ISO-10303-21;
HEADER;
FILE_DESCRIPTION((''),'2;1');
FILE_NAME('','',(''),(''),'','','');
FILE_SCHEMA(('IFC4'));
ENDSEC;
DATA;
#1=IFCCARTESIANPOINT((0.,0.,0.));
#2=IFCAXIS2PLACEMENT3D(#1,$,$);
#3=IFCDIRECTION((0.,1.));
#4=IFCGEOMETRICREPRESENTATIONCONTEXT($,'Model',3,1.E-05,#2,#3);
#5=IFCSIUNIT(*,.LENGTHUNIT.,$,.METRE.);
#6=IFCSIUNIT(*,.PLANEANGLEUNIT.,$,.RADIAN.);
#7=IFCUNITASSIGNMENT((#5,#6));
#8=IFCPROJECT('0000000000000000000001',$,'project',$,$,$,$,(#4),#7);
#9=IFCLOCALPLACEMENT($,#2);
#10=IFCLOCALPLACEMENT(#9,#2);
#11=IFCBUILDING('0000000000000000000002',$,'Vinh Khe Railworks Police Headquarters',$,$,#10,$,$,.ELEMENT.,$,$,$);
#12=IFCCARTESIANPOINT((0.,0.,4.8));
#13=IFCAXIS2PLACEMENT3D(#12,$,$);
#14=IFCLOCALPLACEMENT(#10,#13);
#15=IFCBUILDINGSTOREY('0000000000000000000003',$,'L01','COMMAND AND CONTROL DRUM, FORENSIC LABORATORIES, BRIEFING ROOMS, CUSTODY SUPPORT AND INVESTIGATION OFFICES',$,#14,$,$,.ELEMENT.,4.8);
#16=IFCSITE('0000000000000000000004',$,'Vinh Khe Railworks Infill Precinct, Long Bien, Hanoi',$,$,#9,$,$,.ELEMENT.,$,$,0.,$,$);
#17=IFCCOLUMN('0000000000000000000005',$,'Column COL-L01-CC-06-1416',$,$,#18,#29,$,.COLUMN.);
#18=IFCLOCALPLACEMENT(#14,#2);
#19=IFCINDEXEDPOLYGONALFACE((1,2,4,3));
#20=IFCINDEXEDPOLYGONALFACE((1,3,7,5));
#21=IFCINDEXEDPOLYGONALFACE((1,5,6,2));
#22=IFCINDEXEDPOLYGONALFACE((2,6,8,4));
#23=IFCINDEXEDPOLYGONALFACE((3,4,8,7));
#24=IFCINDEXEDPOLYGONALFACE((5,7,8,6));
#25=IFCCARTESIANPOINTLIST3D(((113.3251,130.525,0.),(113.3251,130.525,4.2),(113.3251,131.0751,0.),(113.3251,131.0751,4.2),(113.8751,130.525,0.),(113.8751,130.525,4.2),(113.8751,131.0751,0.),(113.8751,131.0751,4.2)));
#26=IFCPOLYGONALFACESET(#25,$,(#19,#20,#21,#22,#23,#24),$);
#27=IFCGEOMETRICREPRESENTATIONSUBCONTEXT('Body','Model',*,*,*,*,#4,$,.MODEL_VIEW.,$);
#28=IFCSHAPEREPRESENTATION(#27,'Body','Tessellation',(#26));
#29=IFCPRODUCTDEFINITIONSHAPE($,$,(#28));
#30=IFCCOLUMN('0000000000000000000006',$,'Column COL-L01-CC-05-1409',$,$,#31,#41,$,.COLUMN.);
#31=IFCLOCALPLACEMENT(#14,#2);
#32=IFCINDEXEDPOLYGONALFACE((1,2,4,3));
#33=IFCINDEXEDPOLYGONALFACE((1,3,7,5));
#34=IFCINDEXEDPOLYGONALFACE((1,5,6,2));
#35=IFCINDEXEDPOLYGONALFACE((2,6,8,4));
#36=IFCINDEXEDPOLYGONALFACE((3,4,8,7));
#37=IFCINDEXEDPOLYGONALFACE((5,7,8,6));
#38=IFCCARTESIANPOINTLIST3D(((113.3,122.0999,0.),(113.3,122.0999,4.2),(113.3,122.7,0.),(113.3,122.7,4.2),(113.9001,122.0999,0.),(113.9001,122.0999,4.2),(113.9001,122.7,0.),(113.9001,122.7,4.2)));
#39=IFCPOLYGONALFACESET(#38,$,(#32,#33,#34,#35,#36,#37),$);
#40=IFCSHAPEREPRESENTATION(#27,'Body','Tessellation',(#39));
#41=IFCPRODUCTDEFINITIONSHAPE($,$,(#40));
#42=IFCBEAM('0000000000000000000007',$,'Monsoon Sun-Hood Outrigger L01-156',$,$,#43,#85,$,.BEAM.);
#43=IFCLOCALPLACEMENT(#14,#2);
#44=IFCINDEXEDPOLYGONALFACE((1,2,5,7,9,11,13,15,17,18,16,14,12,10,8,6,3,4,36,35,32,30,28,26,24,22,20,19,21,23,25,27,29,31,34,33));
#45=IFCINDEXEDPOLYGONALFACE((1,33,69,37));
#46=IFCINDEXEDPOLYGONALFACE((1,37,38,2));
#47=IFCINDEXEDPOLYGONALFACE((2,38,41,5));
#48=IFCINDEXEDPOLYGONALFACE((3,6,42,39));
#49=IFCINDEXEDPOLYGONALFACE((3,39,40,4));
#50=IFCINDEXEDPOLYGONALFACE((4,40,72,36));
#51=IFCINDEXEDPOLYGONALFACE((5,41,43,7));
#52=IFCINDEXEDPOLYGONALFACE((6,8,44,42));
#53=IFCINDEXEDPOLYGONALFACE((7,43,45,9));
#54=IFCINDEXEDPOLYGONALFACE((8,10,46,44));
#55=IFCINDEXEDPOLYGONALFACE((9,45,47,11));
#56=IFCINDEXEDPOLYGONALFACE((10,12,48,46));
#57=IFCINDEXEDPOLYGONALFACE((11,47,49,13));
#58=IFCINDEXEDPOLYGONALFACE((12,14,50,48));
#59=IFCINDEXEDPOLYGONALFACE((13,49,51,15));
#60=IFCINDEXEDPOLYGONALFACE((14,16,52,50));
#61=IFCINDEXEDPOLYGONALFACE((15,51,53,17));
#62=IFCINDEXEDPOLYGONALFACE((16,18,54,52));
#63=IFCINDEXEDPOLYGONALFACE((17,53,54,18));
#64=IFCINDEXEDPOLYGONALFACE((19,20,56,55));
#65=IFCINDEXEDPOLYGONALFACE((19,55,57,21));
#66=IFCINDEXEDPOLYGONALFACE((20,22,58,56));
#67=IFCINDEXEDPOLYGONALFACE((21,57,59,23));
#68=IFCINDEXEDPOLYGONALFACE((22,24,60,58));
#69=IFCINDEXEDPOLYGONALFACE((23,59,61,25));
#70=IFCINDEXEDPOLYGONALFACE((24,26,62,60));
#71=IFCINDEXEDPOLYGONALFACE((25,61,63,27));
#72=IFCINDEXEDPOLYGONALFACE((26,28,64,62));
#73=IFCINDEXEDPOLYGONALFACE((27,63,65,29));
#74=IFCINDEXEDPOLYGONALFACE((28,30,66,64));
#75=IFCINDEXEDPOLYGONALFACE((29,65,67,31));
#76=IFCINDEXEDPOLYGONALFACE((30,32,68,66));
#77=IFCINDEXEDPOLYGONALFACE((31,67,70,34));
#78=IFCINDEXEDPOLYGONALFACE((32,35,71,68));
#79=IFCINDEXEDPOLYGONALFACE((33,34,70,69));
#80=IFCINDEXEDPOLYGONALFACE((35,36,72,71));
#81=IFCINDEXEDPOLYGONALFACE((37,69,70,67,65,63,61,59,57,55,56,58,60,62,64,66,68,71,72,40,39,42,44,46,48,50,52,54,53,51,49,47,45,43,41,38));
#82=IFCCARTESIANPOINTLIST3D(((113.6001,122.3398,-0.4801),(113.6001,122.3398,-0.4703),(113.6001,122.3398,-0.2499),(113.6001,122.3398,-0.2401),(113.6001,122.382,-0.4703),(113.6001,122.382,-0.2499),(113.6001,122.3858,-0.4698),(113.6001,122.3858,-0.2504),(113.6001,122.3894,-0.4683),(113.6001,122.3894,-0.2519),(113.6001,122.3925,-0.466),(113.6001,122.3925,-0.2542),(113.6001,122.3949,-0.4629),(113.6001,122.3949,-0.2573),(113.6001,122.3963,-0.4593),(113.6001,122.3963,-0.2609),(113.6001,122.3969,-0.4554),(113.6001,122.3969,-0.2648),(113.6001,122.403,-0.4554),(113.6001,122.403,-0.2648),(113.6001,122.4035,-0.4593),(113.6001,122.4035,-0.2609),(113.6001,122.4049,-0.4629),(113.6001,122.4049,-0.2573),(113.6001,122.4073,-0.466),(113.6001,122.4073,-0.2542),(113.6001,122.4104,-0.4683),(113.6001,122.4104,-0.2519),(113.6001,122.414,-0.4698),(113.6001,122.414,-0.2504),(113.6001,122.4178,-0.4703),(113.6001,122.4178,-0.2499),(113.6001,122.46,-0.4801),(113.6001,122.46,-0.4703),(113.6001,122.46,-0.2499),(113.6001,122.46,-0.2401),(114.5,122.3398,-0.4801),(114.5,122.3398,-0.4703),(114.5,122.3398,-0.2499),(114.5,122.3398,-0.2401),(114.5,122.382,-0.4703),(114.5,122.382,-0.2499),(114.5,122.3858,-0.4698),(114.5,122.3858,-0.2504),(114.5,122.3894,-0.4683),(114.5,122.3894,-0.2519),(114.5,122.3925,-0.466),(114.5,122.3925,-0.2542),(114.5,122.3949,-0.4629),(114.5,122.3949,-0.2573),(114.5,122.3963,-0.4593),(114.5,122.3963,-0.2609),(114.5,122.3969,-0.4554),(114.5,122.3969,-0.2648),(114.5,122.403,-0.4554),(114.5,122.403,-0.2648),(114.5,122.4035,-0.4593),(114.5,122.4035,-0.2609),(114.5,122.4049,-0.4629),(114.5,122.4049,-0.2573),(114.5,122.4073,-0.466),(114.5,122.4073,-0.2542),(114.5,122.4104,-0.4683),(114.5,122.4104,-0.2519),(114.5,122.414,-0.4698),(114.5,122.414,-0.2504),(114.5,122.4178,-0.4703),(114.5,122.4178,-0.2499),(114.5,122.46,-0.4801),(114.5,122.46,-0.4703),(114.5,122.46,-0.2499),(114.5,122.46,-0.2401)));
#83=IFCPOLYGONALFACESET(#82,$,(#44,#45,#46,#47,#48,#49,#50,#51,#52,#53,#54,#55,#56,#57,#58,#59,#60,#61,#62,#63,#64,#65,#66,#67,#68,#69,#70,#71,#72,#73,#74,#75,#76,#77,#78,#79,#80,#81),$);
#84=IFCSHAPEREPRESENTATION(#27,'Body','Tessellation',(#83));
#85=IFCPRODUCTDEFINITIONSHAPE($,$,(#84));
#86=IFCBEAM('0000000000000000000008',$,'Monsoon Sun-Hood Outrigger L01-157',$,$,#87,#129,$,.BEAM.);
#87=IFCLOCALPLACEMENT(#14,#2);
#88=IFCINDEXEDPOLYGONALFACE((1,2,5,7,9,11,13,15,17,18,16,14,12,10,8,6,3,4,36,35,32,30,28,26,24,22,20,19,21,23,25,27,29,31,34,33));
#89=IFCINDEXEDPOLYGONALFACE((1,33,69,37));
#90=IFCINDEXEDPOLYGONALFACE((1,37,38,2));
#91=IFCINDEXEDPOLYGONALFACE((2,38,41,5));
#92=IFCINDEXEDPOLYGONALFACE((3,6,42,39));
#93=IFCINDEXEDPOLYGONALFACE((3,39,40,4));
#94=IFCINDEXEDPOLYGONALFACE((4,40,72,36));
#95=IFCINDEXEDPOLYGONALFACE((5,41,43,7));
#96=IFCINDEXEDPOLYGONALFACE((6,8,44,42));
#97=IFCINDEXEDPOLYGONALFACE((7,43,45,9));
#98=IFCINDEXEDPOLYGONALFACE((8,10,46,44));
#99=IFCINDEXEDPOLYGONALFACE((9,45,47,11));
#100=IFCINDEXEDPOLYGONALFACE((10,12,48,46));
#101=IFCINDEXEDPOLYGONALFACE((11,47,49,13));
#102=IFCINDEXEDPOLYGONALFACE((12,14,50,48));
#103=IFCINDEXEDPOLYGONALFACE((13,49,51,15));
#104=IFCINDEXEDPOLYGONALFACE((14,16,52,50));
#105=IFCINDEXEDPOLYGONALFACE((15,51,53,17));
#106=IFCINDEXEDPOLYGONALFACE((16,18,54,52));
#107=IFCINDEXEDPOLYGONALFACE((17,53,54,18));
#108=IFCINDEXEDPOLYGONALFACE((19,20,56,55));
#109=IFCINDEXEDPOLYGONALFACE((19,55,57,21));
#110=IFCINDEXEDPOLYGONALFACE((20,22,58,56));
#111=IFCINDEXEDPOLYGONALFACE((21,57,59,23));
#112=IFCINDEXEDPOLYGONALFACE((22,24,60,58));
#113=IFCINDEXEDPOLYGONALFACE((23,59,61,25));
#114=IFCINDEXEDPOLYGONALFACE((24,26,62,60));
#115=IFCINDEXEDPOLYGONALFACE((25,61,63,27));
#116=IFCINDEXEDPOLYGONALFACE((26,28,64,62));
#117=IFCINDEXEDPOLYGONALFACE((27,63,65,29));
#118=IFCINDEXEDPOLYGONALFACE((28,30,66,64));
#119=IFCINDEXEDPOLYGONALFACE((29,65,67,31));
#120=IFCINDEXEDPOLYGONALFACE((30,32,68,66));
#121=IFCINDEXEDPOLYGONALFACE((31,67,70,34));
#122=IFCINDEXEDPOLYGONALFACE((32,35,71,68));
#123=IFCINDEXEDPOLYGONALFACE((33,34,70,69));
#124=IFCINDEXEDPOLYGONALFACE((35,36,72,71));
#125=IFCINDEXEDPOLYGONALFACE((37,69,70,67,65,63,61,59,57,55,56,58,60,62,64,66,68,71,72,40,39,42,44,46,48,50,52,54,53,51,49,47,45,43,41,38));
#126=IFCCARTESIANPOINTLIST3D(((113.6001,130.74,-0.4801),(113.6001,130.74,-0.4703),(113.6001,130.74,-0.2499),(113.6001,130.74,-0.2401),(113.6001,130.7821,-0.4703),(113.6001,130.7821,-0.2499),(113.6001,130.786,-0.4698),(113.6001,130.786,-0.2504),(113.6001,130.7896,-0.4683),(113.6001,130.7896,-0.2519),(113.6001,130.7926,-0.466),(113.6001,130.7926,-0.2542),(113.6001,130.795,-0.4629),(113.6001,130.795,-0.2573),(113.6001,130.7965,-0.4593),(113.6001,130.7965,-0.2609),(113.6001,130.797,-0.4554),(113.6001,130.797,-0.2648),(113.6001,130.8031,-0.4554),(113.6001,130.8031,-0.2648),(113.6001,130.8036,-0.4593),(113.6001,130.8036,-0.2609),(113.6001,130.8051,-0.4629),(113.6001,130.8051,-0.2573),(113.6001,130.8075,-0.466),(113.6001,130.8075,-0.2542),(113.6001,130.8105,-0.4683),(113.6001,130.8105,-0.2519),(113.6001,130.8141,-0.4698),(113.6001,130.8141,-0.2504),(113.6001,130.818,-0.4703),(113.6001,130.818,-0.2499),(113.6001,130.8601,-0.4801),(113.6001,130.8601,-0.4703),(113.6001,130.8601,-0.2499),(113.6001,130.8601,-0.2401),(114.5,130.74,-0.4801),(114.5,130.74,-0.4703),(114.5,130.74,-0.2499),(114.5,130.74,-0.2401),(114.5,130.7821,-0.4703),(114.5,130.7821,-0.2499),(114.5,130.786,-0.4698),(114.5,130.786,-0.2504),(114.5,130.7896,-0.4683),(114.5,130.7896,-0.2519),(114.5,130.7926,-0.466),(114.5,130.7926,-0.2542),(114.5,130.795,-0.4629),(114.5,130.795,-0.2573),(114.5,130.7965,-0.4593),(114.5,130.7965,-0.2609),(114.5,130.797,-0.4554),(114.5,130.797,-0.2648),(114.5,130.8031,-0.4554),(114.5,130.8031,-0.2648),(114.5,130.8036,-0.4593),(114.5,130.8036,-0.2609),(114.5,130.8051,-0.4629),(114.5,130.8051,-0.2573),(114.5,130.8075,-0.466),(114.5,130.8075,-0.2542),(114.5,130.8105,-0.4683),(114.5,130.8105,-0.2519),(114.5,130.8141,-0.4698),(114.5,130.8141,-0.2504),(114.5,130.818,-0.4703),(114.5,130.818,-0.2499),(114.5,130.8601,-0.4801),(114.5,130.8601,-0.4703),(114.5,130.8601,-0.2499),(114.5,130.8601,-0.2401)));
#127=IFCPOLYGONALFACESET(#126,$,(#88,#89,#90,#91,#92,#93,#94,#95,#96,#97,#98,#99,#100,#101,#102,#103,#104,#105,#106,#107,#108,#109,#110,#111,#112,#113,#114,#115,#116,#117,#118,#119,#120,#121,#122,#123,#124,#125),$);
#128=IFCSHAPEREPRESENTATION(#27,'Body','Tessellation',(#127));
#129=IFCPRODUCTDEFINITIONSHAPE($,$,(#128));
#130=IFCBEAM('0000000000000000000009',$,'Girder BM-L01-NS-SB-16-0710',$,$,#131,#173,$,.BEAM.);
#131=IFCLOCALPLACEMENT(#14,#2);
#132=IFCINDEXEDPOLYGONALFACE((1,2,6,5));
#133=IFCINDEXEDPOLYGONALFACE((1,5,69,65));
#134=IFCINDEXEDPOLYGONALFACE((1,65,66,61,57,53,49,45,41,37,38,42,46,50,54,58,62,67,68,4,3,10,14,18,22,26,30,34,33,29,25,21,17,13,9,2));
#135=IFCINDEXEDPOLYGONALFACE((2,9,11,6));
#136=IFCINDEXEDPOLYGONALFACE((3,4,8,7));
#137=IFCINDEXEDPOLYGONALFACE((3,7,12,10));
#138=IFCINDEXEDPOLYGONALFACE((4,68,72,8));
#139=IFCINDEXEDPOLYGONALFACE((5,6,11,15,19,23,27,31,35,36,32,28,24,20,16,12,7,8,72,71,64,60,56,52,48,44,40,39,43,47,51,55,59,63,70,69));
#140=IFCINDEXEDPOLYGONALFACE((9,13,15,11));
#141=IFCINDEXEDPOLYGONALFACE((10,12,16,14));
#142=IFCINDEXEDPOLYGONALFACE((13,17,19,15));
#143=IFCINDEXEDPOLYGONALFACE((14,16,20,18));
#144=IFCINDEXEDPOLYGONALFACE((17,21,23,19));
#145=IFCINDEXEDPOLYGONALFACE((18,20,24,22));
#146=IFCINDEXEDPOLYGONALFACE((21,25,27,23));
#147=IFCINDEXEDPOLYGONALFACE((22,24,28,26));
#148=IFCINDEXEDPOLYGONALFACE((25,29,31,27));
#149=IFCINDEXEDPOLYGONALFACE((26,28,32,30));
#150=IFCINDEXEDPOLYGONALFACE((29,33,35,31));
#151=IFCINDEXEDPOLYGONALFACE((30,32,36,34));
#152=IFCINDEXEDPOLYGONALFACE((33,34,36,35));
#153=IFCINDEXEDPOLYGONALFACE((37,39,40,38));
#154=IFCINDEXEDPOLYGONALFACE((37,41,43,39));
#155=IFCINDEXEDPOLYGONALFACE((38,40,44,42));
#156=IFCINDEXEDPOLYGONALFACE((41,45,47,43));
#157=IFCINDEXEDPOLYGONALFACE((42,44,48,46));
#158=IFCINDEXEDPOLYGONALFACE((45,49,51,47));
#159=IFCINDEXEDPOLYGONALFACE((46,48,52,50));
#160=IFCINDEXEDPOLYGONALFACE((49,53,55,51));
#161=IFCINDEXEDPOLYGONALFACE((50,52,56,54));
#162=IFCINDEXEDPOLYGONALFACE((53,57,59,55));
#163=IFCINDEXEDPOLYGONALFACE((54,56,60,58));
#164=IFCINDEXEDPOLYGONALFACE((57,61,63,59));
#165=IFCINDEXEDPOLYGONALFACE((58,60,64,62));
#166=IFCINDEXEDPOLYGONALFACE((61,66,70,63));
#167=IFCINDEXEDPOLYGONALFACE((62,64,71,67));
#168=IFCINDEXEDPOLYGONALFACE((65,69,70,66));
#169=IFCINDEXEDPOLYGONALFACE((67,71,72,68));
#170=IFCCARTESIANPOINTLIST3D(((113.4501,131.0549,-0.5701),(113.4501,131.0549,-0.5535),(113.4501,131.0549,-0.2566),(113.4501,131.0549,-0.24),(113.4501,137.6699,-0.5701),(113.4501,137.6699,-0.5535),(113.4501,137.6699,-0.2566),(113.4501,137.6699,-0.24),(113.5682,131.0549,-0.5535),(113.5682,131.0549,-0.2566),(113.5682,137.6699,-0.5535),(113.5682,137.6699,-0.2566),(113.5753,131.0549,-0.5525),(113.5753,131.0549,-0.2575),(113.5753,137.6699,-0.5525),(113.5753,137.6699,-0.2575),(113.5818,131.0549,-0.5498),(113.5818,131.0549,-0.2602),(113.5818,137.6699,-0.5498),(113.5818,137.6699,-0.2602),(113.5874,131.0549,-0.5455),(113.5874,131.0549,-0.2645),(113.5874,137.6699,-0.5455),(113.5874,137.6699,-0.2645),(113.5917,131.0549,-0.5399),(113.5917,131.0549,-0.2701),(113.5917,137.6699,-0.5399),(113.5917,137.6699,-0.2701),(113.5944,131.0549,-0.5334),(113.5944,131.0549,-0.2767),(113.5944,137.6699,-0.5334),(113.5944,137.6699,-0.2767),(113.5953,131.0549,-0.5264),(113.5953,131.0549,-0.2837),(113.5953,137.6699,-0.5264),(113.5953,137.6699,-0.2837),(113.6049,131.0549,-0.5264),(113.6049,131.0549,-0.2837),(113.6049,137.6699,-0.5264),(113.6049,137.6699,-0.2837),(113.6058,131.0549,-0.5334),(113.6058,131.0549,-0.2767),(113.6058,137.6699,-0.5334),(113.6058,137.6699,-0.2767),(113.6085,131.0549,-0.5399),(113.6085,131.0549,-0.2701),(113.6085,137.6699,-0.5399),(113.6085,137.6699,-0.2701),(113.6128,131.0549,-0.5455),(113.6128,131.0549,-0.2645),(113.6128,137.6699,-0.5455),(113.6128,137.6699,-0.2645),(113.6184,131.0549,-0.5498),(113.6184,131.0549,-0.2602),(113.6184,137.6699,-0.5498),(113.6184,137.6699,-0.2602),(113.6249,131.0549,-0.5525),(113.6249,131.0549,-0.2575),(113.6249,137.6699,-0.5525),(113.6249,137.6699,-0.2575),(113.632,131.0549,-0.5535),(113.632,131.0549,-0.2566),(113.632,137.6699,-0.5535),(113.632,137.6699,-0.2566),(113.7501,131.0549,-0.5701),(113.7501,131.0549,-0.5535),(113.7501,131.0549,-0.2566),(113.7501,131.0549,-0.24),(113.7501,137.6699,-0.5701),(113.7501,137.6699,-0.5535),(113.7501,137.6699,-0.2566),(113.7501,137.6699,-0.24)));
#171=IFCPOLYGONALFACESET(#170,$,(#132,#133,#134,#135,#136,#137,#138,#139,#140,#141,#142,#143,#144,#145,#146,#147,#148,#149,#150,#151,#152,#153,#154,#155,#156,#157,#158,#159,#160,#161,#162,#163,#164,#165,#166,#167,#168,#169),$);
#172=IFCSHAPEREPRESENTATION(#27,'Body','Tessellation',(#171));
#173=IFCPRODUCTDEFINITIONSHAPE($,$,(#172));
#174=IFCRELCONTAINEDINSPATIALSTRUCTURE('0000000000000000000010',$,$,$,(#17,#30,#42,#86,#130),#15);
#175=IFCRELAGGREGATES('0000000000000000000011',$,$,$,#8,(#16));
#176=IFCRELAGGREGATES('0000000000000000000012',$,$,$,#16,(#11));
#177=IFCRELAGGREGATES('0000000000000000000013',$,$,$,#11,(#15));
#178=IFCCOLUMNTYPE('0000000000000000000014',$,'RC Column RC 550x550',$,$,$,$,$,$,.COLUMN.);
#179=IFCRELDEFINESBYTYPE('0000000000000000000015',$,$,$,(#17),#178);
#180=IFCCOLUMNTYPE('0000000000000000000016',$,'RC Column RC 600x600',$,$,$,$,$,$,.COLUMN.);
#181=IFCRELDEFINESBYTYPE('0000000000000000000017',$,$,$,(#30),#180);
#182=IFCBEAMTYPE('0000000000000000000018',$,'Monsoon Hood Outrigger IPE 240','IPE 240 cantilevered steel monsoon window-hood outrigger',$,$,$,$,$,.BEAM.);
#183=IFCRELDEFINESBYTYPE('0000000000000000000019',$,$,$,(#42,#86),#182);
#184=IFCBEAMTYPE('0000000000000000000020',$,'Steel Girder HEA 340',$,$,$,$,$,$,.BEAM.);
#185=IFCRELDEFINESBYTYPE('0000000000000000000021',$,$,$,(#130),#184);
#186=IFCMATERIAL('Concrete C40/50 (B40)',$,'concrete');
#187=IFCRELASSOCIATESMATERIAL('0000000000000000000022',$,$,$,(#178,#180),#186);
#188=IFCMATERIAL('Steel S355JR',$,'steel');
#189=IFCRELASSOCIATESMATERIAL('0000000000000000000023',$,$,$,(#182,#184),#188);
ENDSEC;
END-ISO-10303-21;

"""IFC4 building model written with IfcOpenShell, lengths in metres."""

from ifc_helpers import new_model, si_unit, direction, frame, origin, origin_2d, place, context, subcontext, project, spatial, rectangle, i_section, extrude, material, material_profile, profile_set, type_object, element, save


model = new_model("IFC4")

# Units and contexts
model_context = context("Model", 3, precision=1e-05, world=origin(), true_north=direction((0.0, 1.0)))
body_context = subcontext(model_context, "Body", "Model", "MODEL_VIEW")
ifc_project = project(units=[si_unit("LENGTHUNIT", "METRE"), si_unit("PLANEANGLEUNIT", "RADIAN")], contexts=[model_context])

# Site, building, storey
site_placement = place(None, origin())
site = spatial("IfcSite", under=ifc_project, at=site_placement, Name="Vinh Khe Railworks Infill Precinct, Long Bien, Hanoi", CompositionType="ELEMENT", RefElevation=0.0)
building_placement = place(site_placement, origin())
building = spatial("IfcBuilding", under=site, at=building_placement, Name="Vinh Khe Railworks Police Headquarters", CompositionType="ELEMENT")
storey_placement = place(building_placement, frame((0.0, 0.0, 4.8)))
storey = spatial("IfcBuildingStorey", under=building, at=storey_placement, Name="L01", Description="COMMAND AND CONTROL DRUM, FORENSIC LABORATORIES, BRIEFING ROOMS, CUSTODY SUPPORT AND INVESTIGATION OFFICES", CompositionType="ELEMENT", Elevation=4.8)

# Columns
ifc_material_1 = material(Name="Concrete C40/50 (B40)", Category="concrete")
ifc_material_profile_1 = material_profile(ifc_material_1, rectangle(XDim=0.55, YDim=0.55, at=origin_2d()), Name="RC 550x550")
ifc_profile_set_1 = profile_set([ifc_material_profile_1], Name="Concrete C40/50 (B40)")
column_type_1 = type_object("IfcColumnType", Name="RC Column RC 550x550", PredefinedType="COLUMN", material=ifc_profile_set_1)
column_1_placement = place(storey_placement, frame((113.6001, 130.8, 0.0), z_axis=(0.0, 0.0, 1.0), x_axis=(1.0, 0.0, 0.0)))
element("IfcColumn", 1, at=column_1_placement, inside=storey, type_object=column_type_1, Name="Column COL-L01-CC-06-1416", PredefinedType="COLUMN", context=body_context, shape_type="SweptSolid", body=[
    extrude(rectangle(XDim=0.55, YDim=0.55, at=origin_2d()), origin(), (0.0, 0.0, 1.0), 4.2),
])
ifc_material_profile_2 = material_profile(ifc_material_1, rectangle(XDim=0.6001, YDim=0.6001, at=origin_2d()), Name="RC 600x600")
ifc_profile_set_2 = profile_set([ifc_material_profile_2], Name="Concrete C40/50 (B40)")
column_type_2 = type_object("IfcColumnType", Name="RC Column RC 600x600", PredefinedType="COLUMN", material=ifc_profile_set_2)
column_2_placement = place(storey_placement, frame((113.6001, 122.3999, 0.0), z_axis=(0.0, 0.0, 1.0), x_axis=(1.0, 0.0, 0.0)))
element("IfcColumn", 2, at=column_2_placement, inside=storey, type_object=column_type_2, Name="Column COL-L01-CC-05-1409", PredefinedType="COLUMN", context=body_context, shape_type="SweptSolid", body=[
    extrude(rectangle(XDim=0.6001, YDim=0.6001, at=origin_2d()), origin(), (0.0, 0.0, 1.0), 4.2),
])

# Beams
ifc_material_2 = material(Name="Steel S355JR", Category="steel")
ifc_material_profile_3 = material_profile(ifc_material_2, i_section(OverallWidth=0.1201, OverallDepth=0.24, WebThickness=0.0061, FlangeThickness=0.0098, FilletRadius=0.0149, at=origin_2d()), Name="IPE 240")
ifc_profile_set_3 = profile_set([ifc_material_profile_3], Name="Steel S355JR")
beam_type_1 = type_object("IfcBeamType", Name="Monsoon Hood Outrigger IPE 240", Description="IPE 240 cantilevered steel monsoon window-hood outrigger", PredefinedType="BEAM", material=ifc_profile_set_3)
for number, where, z_axis, x_axis, name in (
    (3, (113.6001, 122.3999, -0.3601), (1.0, 0.0, 0.0), (0.0, 1.0, 0.0), "Monsoon Sun-Hood Outrigger L01-156"),
    (4, (113.6001, 130.8, -0.3601), (1.0, 0.0, 0.0), (0.0, 1.0, 0.0), "Monsoon Sun-Hood Outrigger L01-157"),
):
    element("IfcBeam", number, at=place(storey_placement, frame(where, z_axis=z_axis, x_axis=x_axis)), inside=storey, type_object=beam_type_1, Name=name, PredefinedType="BEAM", context=body_context, shape_type="SweptSolid", body=[
        extrude(i_section(OverallWidth=0.1201, OverallDepth=0.24, WebThickness=0.0061, FlangeThickness=0.0098, FilletRadius=0.0149, at=origin_2d()), origin(), (0.0, 0.0, 1.0), 0.8999),
    ])
ifc_material_profile_4 = material_profile(ifc_material_2, i_section(OverallWidth=0.3, OverallDepth=0.3301, WebThickness=0.0095, FlangeThickness=0.0166, FilletRadius=0.0271, at=origin_2d()), Name="HEA 340")
ifc_profile_set_4 = profile_set([ifc_material_profile_4], Name="Steel S355JR")
beam_type_2 = type_object("IfcBeamType", Name="Steel Girder HEA 340", PredefinedType="BEAM", material=ifc_profile_set_4)
beam_1_placement = place(storey_placement, frame((113.6001, 131.0549, -0.405), z_axis=(0.0, 1.0, 0.0), x_axis=(-1.0, 0.0, 0.0)))
element("IfcBeam", 5, at=beam_1_placement, inside=storey, type_object=beam_type_2, Name="Girder BM-L01-NS-SB-16-0710", PredefinedType="BEAM", context=body_context, shape_type="SweptSolid", body=[
    extrude(i_section(OverallWidth=0.3, OverallDepth=0.3301, WebThickness=0.0095, FlangeThickness=0.0166, FilletRadius=0.0271, at=origin_2d()), origin(), (0.0, 0.0, 1.0), 6.615),
])

save(model, "model.ifc")
